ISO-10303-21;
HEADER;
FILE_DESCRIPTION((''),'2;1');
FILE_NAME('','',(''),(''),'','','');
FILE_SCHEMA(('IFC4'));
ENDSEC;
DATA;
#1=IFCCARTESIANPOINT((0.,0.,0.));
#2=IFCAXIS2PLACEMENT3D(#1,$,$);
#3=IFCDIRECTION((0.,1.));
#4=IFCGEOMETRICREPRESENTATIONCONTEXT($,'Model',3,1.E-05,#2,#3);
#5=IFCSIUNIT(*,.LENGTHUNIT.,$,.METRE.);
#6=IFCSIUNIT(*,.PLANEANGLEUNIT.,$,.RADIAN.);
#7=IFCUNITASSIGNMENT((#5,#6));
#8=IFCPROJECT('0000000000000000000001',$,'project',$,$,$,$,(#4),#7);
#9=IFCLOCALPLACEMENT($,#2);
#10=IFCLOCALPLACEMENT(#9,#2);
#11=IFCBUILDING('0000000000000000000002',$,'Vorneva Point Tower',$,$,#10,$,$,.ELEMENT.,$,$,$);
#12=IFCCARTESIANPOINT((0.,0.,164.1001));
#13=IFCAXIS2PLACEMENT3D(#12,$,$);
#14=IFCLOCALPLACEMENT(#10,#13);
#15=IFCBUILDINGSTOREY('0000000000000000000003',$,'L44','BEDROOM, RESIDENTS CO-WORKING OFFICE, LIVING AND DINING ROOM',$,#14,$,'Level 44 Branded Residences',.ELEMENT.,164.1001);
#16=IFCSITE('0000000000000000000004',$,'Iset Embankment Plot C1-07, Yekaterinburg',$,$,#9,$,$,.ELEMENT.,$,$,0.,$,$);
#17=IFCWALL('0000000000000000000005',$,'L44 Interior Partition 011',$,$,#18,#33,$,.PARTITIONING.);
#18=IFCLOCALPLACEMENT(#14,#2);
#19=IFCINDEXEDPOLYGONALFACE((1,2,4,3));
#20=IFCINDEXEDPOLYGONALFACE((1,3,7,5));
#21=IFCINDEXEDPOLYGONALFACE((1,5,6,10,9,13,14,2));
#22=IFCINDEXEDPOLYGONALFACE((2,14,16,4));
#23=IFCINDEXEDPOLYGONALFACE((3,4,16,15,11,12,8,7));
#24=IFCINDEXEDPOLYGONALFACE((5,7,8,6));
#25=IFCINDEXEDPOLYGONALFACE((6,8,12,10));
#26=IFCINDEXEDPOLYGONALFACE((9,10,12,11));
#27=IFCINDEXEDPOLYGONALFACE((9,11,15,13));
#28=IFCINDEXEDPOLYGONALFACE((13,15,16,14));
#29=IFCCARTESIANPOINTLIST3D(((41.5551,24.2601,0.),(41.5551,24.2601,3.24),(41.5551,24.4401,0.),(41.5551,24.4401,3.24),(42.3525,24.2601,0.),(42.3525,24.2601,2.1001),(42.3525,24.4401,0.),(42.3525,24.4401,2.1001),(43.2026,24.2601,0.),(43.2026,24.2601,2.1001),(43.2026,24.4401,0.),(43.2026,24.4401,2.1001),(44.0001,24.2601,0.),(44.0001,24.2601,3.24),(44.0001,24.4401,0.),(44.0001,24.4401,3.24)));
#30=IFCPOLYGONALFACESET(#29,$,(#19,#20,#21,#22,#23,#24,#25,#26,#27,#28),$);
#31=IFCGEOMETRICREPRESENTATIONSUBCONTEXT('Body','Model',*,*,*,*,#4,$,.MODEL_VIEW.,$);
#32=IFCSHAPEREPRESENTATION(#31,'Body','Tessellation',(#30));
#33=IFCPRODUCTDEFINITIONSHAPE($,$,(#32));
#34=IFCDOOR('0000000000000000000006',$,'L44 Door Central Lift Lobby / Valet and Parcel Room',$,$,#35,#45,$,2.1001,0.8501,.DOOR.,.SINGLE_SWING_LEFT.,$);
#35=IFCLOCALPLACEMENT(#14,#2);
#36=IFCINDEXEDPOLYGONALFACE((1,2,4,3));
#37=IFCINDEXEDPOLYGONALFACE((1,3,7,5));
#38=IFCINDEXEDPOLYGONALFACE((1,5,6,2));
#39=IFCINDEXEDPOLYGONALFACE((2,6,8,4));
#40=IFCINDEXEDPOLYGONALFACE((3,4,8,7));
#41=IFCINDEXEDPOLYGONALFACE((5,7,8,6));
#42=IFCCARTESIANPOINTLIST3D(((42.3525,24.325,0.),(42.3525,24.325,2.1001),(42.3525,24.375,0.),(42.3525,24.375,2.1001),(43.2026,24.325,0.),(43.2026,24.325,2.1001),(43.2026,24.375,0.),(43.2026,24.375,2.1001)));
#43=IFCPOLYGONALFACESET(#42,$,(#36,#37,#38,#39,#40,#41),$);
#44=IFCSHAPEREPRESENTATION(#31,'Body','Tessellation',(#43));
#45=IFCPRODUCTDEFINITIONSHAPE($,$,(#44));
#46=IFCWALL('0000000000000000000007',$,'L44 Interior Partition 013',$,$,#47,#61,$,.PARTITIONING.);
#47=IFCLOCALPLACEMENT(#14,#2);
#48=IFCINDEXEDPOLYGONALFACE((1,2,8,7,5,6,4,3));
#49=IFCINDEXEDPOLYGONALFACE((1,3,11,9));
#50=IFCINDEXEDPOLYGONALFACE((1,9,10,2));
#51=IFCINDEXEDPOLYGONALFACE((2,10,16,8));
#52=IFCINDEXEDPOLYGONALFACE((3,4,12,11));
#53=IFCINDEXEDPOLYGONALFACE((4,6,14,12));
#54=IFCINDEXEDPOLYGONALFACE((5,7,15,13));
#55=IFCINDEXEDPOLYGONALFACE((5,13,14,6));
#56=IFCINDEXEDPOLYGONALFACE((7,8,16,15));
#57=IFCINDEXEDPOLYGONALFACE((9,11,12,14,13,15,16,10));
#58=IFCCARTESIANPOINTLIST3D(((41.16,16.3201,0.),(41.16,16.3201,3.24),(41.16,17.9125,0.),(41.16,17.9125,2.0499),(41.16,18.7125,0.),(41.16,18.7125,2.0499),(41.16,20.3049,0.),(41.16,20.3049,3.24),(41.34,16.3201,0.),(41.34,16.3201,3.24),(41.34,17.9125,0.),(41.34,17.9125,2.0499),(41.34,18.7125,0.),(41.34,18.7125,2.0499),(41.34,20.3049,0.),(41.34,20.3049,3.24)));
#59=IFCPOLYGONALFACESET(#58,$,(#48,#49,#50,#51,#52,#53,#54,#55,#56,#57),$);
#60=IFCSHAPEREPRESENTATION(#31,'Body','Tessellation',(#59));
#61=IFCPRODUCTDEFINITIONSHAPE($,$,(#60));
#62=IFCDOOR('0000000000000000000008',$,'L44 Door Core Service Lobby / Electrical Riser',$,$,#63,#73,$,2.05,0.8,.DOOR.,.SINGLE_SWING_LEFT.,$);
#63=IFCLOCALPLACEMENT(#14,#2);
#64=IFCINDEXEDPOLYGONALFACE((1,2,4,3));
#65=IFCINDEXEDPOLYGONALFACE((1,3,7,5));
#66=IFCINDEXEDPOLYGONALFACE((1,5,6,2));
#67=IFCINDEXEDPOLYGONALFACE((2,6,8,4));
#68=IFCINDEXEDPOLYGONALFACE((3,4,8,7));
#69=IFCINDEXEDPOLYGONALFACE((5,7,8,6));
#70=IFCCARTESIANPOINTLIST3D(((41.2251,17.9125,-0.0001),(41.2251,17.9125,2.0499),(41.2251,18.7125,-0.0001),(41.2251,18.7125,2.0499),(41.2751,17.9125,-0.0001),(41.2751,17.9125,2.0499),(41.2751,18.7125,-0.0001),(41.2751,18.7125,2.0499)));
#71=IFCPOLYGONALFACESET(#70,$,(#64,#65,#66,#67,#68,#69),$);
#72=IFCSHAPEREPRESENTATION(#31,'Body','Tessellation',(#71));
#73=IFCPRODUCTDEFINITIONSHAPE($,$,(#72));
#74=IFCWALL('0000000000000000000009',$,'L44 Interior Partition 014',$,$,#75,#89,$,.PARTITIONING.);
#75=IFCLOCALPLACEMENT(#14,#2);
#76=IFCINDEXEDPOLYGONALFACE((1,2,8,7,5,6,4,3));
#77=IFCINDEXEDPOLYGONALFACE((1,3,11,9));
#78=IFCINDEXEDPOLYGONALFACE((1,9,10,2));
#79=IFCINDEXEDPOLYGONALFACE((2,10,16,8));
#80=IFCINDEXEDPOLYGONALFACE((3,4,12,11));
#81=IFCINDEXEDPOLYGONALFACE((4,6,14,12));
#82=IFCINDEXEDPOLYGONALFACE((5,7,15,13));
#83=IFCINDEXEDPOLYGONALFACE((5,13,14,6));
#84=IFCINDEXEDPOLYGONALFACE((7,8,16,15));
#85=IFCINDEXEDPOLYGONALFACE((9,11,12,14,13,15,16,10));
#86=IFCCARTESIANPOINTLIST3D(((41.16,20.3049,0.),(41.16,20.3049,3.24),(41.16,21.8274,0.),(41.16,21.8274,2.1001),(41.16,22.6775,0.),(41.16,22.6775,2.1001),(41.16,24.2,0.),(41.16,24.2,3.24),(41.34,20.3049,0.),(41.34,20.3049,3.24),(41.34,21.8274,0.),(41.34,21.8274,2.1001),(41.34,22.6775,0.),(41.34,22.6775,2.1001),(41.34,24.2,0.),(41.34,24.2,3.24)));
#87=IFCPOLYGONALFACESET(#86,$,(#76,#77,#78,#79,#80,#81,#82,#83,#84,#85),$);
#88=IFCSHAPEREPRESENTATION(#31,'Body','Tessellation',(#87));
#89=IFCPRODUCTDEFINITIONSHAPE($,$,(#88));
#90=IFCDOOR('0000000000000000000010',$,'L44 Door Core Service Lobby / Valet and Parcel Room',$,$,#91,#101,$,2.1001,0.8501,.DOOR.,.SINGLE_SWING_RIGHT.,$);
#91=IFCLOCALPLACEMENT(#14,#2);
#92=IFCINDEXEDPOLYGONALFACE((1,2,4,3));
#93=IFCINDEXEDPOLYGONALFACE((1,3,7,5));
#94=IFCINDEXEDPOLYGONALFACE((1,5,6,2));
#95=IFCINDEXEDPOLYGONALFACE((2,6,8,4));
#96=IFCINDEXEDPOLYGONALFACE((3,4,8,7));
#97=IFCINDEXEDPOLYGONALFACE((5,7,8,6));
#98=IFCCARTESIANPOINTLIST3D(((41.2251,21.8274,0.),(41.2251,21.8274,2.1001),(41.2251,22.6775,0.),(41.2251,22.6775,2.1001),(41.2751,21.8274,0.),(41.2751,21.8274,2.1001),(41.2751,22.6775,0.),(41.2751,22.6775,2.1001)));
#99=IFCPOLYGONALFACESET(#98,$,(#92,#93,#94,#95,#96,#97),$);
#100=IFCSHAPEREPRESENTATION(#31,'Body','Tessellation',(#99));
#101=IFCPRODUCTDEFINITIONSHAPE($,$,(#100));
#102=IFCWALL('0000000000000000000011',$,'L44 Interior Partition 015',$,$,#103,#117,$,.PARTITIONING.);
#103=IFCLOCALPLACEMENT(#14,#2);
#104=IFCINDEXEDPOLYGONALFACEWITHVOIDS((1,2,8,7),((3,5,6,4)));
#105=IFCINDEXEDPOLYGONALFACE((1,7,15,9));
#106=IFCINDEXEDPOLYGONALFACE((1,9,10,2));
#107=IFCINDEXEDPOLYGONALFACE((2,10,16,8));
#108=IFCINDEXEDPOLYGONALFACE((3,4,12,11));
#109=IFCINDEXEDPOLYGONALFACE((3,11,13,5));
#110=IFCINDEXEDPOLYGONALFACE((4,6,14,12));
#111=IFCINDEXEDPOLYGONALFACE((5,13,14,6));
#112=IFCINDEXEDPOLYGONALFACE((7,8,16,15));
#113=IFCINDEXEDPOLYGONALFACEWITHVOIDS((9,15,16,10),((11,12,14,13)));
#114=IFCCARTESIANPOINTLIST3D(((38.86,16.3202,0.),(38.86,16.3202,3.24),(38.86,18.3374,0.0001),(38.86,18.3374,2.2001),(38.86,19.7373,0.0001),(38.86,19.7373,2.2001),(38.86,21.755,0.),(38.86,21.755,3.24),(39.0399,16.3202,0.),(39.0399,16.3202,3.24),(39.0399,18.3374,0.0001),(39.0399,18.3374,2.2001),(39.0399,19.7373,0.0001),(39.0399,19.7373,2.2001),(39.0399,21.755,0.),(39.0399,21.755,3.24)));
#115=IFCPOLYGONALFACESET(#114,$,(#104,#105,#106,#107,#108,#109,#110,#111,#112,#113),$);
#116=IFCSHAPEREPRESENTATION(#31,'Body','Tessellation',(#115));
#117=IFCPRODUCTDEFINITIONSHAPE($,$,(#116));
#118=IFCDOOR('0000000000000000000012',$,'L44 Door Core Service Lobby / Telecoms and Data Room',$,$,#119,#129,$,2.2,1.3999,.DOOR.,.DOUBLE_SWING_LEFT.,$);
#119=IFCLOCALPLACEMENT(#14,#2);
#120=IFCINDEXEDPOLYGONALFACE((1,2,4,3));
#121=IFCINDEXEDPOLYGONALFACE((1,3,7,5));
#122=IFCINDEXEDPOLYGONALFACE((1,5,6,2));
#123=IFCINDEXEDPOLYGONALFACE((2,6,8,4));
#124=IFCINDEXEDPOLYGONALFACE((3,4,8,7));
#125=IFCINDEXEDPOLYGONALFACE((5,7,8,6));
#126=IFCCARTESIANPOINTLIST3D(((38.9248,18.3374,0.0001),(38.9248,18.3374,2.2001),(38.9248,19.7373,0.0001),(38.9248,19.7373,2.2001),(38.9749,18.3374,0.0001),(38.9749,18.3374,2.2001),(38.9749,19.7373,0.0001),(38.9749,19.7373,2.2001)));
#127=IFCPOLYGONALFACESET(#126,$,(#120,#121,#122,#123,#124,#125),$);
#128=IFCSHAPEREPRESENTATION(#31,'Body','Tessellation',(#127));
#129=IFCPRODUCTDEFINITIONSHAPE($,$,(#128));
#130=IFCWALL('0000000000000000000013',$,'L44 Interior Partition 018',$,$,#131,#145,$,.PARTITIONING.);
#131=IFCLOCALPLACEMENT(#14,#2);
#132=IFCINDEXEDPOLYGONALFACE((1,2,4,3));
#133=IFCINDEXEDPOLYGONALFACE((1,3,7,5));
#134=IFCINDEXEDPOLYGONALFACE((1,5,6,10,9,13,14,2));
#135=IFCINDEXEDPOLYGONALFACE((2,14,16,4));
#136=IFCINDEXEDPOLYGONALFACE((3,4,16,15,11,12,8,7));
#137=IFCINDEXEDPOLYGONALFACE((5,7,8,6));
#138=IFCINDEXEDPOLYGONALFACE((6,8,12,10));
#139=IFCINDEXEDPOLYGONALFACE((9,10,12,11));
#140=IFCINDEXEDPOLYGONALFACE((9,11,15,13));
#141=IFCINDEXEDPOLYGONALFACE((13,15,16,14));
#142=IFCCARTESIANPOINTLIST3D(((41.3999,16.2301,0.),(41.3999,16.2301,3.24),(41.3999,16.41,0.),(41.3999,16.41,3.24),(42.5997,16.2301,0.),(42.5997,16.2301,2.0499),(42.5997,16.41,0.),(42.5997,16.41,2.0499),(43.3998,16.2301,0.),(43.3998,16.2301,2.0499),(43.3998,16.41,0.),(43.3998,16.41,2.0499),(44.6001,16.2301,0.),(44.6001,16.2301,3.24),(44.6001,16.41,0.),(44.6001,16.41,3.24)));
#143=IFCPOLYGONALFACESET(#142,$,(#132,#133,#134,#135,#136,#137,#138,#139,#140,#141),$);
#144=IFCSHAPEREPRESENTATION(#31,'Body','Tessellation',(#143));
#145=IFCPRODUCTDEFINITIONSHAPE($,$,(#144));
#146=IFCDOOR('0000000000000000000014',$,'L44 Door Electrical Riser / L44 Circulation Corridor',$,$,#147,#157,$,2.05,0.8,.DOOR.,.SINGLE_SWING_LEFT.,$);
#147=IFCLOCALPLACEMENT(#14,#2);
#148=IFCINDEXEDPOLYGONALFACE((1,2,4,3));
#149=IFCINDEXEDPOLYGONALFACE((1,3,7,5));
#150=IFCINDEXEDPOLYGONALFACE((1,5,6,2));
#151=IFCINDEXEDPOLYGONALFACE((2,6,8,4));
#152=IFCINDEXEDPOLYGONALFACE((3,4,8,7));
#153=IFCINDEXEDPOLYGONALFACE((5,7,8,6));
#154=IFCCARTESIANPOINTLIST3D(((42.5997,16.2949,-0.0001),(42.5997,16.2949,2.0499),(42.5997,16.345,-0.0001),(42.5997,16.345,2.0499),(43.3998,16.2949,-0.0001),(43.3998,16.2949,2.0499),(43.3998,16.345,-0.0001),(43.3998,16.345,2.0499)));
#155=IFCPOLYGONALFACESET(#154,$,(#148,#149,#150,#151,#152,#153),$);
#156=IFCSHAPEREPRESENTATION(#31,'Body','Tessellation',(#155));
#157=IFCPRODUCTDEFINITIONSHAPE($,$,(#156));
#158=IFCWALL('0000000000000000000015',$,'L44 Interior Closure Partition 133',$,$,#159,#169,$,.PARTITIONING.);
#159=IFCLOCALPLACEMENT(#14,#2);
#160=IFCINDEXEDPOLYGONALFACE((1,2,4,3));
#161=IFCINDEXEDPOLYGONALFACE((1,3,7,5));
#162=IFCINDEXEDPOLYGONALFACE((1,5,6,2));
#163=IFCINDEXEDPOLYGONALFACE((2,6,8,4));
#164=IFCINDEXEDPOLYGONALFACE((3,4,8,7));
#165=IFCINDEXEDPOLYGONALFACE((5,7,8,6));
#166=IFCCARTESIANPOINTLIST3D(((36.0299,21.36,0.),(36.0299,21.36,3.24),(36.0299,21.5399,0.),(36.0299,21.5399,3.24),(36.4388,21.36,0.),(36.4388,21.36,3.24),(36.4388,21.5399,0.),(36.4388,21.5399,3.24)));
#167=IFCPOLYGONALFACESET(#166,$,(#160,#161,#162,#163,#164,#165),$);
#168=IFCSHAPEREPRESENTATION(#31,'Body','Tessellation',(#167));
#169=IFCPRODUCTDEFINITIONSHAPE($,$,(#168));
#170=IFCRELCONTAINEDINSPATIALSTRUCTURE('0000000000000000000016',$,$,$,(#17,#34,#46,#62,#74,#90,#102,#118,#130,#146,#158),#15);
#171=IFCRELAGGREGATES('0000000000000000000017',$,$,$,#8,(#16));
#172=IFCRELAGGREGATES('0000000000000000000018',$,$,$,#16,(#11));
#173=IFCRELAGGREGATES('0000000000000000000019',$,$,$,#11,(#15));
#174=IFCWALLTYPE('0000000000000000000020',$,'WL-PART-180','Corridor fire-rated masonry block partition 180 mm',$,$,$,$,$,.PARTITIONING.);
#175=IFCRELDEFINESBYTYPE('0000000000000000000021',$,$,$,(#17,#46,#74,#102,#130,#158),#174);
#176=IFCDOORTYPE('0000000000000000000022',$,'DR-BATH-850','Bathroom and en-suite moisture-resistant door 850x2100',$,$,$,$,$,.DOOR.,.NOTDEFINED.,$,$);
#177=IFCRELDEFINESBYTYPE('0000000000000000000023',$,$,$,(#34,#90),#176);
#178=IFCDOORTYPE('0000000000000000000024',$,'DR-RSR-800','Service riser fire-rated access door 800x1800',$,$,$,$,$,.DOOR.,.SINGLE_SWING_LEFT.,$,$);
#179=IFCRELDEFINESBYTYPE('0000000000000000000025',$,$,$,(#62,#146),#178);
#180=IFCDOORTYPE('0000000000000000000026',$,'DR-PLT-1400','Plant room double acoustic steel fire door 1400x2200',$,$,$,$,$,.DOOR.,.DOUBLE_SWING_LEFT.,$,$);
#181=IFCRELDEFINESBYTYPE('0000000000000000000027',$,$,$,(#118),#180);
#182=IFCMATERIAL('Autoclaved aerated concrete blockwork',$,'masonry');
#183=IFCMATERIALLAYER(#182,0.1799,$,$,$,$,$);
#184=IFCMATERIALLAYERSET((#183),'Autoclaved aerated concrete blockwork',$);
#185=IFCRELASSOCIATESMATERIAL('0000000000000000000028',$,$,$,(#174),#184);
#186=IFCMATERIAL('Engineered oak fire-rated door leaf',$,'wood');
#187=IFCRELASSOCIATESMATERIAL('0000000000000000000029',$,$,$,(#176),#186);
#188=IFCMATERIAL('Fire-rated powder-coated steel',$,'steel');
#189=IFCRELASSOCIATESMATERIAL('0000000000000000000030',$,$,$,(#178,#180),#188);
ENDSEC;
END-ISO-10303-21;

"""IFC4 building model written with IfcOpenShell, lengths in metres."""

from ifc_helpers import new_model, si_unit, direction, frame, frame_2d, origin, place, context, subcontext, project, spatial, rectangle, extrude, material, layer, layer_set, type_object, element, fill, save


model = new_model("IFC4")

# Units and contexts
model_context = context("Model", 3, precision=1e-05, world=origin(), true_north=direction((0.0, 1.0)))
body_context = subcontext(model_context, "Body", "Model", "MODEL_VIEW")
ifc_project = project(units=[si_unit("LENGTHUNIT", "METRE"), si_unit("PLANEANGLEUNIT", "RADIAN")], contexts=[model_context])

# Site, building, storey
site_placement = place(None, origin())
site = spatial("IfcSite", under=ifc_project, at=site_placement, Name="Iset Embankment Plot C1-07, Yekaterinburg", CompositionType="ELEMENT", RefElevation=0.0)
building_placement = place(site_placement, origin())
building = spatial("IfcBuilding", under=site, at=building_placement, Name="Vorneva Point Tower", CompositionType="ELEMENT")
storey_placement = place(building_placement, frame((0.0, 0.0, 164.1001)))
storey = spatial("IfcBuildingStorey", under=building, at=storey_placement, Name="L44", Description="BEDROOM, RESIDENTS CO-WORKING OFFICE, LIVING AND DINING ROOM", LongName="Level 44 Branded Residences", CompositionType="ELEMENT", Elevation=164.1001)

# Walls, openings, doors
ifc_material_1 = material(Name="Autoclaved aerated concrete blockwork", Category="masonry")
ifc_layer_1 = layer(ifc_material_1, 0.1799)
ifc_layer_set_1 = layer_set([ifc_layer_1], Name="Autoclaved aerated concrete blockwork")
wall_type_1 = type_object("IfcWallType", Name="WL-PART-180", Description="Corridor fire-rated masonry block partition 180 mm", PredefinedType="PARTITIONING", material=ifc_layer_set_1)
ifc_material_2 = material(Name="Fire-rated powder-coated steel", Category="steel")
wall_1_placement = place(storey_placement, frame((41.5549, 24.3501, 0.0), z_axis=(0.0, 0.0, 1.0), x_axis=(1.0, 0.0, 0.0)))
wall_1 = element("IfcWall", 1, at=wall_1_placement, inside=storey, type_object=wall_type_1, Name="L44 Interior Partition 011", PredefinedType="PARTITIONING", context=body_context, shape_type="SweptSolid", body=[
    extrude(rectangle(XDim=2.4451, YDim=0.1799, at=frame_2d((1.2227, 0.0))), origin(), (0.0, 0.0, 1.0), 3.24),
])
opening_1_placement = place(wall_1_placement, frame((0.7976, 0.0, 0.0)))
opening_1 = element("IfcOpeningElement", 2, at=opening_1_placement, cuts=wall_1, PredefinedType="OPENING", context=body_context, shape_type="SweptSolid", body=[
    extrude(rectangle(XDim=0.8501, YDim=2.1001, at=frame_2d((0.425, 1.05))), frame((0.0, 0.105, 0.0), z_axis=(0.0, -1.0, 0.0), x_axis=(1.0, 0.0, 0.0)), (0.0, 0.0, 1.0), 0.2097),
])
ifc_material_3 = material(Name="Engineered oak fire-rated door leaf", Category="wood")
door_type_1 = type_object("IfcDoorType", Name="DR-BATH-850", Description="Bathroom and en-suite moisture-resistant door 850x2100", OperationType="NOTDEFINED", PredefinedType="DOOR", material=ifc_material_3)
door_1_placement = place(opening_1_placement, origin())
door_1 = element("IfcDoor", 3, at=door_1_placement, inside=storey, type_object=door_type_1, Name="L44 Door Central Lift Lobby / Valet and Parcel Room", OperationType="SINGLE_SWING_LEFT", OverallHeight=2.1001, OverallWidth=0.8501, PredefinedType="DOOR", context=body_context, shape_type="SweptSolid", body=[
    extrude(rectangle(XDim=0.8501, YDim=2.1001, at=frame_2d((0.425, 1.05))), frame((0.0, 0.0249, 0.0), z_axis=(0.0, -1.0, 0.0), x_axis=(1.0, 0.0, 0.0)), (0.0, 0.0, 1.0), 0.05),
])
fill(opening_1, door_1)
wall_2_placement = place(storey_placement, frame((41.25, 16.3201, 0.0), z_axis=(0.0, 0.0, 1.0), x_axis=(0.0, 1.0, 0.0)))
wall_2 = element("IfcWall", 4, at=wall_2_placement, inside=storey, type_object=wall_type_1, Name="L44 Interior Partition 013", PredefinedType="PARTITIONING", context=body_context, shape_type="SweptSolid", body=[
    extrude(rectangle(XDim=3.9849, YDim=0.1799, at=frame_2d((1.9924, 0.0))), origin(), (0.0, 0.0, 1.0), 3.24),
])
opening_2_placement = place(wall_2_placement, frame((1.5925, 0.0, 0.0)))
opening_2 = element("IfcOpeningElement", 5, at=opening_2_placement, cuts=wall_2, PredefinedType="OPENING", context=body_context, shape_type="SweptSolid", body=[
    extrude(rectangle(XDim=0.8, YDim=2.05, at=frame_2d((0.3999, 1.0249))), frame((0.0, 0.105, 0.0), z_axis=(0.0, -1.0, 0.0), x_axis=(1.0, 0.0, 0.0)), (0.0, 0.0, 1.0), 0.2097),
])
door_type_2 = type_object("IfcDoorType", Name="DR-RSR-800", Description="Service riser fire-rated access door 800x1800", OperationType="SINGLE_SWING_LEFT", PredefinedType="DOOR", material=ifc_material_2)
door_2_placement = place(opening_2_placement, origin())
door_2 = element("IfcDoor", 6, at=door_2_placement, inside=storey, type_object=door_type_2, Name="L44 Door Core Service Lobby / Electrical Riser", OperationType="SINGLE_SWING_LEFT", OverallHeight=2.05, OverallWidth=0.8, PredefinedType="DOOR", context=body_context, shape_type="SweptSolid", body=[
    extrude(rectangle(XDim=0.8, YDim=2.05, at=frame_2d((0.3999, 1.0249))), frame((0.0, 0.0249, 0.0), z_axis=(0.0, -1.0, 0.0), x_axis=(1.0, 0.0, 0.0)), (0.0, 0.0, 1.0), 0.05),
])
fill(opening_2, door_2)
wall_3_placement = place(storey_placement, frame((41.25, 20.3049, 0.0), z_axis=(0.0, 0.0, 1.0), x_axis=(0.0, 1.0, 0.0)))
wall_3 = element("IfcWall", 7, at=wall_3_placement, inside=storey, type_object=wall_type_1, Name="L44 Interior Partition 014", PredefinedType="PARTITIONING", context=body_context, shape_type="SweptSolid", body=[
    extrude(rectangle(XDim=3.895, YDim=0.1799, at=frame_2d((1.9475, 0.0))), origin(), (0.0, 0.0, 1.0), 3.24),
])
opening_3_placement = place(wall_3_placement, frame((1.5225, 0.0, 0.0)))
opening_3 = element("IfcOpeningElement", 8, at=opening_3_placement, cuts=wall_3, PredefinedType="OPENING", context=body_context, shape_type="SweptSolid", body=[
    extrude(rectangle(XDim=0.8501, YDim=2.1001, at=frame_2d((0.425, 1.05))), frame((0.0, 0.105, 0.0), z_axis=(0.0, -1.0, 0.0), x_axis=(1.0, 0.0, 0.0)), (0.0, 0.0, 1.0), 0.2097),
])
door_3_placement = place(opening_3_placement, origin())
door_3 = element("IfcDoor", 9, at=door_3_placement, inside=storey, type_object=door_type_1, Name="L44 Door Core Service Lobby / Valet and Parcel Room", OperationType="SINGLE_SWING_RIGHT", OverallHeight=2.1001, OverallWidth=0.8501, PredefinedType="DOOR", context=body_context, shape_type="SweptSolid", body=[
    extrude(rectangle(XDim=0.8501, YDim=2.1001, at=frame_2d((0.425, 1.05))), frame((0.0, 0.0249, 0.0), z_axis=(0.0, -1.0, 0.0), x_axis=(1.0, 0.0, 0.0)), (0.0, 0.0, 1.0), 0.05),
])
fill(opening_3, door_3)
wall_4_placement = place(storey_placement, frame((38.95, 21.7549, 0.0), z_axis=(0.0, 0.0, 1.0), x_axis=(0.0, -1.0, 0.0)))
wall_4 = element("IfcWall", 10, at=wall_4_placement, inside=storey, type_object=wall_type_1, Name="L44 Interior Partition 015", PredefinedType="PARTITIONING", context=body_context, shape_type="SweptSolid", body=[
    extrude(rectangle(XDim=5.4348, YDim=0.1799, at=frame_2d((2.7173, 0.0))), origin(), (0.0, 0.0, 1.0), 3.24),
])
opening_4_placement = place(wall_4_placement, frame((2.0176, 0.0, 0.0)))
opening_4 = element("IfcOpeningElement", 11, at=opening_4_placement, cuts=wall_4, PredefinedType="OPENING", context=body_context, shape_type="SweptSolid", body=[
    extrude(rectangle(XDim=1.3999, YDim=2.2, at=frame_2d((0.7, 1.1001))), frame((0.0, 0.105, 0.0), z_axis=(0.0, -1.0, 0.0), x_axis=(1.0, 0.0, 0.0)), (0.0, 0.0, 1.0), 0.2097),
])
door_type_3 = type_object("IfcDoorType", Name="DR-PLT-1400", Description="Plant room double acoustic steel fire door 1400x2200", OperationType="DOUBLE_SWING_LEFT", PredefinedType="DOOR", material=ifc_material_2)
door_4_placement = place(opening_4_placement, origin())
door_4 = element("IfcDoor", 12, at=door_4_placement, inside=storey, type_object=door_type_3, Name="L44 Door Core Service Lobby / Telecoms and Data Room", OperationType="DOUBLE_SWING_LEFT", OverallHeight=2.2, OverallWidth=1.3999, PredefinedType="DOOR", context=body_context, shape_type="SweptSolid", body=[
    extrude(rectangle(XDim=1.3999, YDim=2.2, at=frame_2d((0.7, 1.1001))), frame((0.0, 0.0249, 0.0), z_axis=(0.0, -1.0, 0.0), x_axis=(1.0, 0.0, 0.0)), (0.0, 0.0, 1.0), 0.05),
])
fill(opening_4, door_4)
wall_5_placement = place(storey_placement, frame((41.3999, 16.3201, 0.0), z_axis=(0.0, 0.0, 1.0), x_axis=(1.0, 0.0, 0.0)))
wall_5 = element("IfcWall", 13, at=wall_5_placement, inside=storey, type_object=wall_type_1, Name="L44 Interior Partition 018", PredefinedType="PARTITIONING", context=body_context, shape_type="SweptSolid", body=[
    extrude(rectangle(XDim=3.2002, YDim=0.1799, at=frame_2d((1.6001, 0.0))), origin(), (0.0, 0.0, 1.0), 3.24),
])
opening_5_placement = place(wall_5_placement, frame((1.2, 0.0, 0.0)))
opening_5 = element("IfcOpeningElement", 14, at=opening_5_placement, cuts=wall_5, PredefinedType="OPENING", context=body_context, shape_type="SweptSolid", body=[
    extrude(rectangle(XDim=0.8, YDim=2.05, at=frame_2d((0.3999, 1.0249))), frame((0.0, 0.105, 0.0), z_axis=(0.0, -1.0, 0.0), x_axis=(1.0, 0.0, 0.0)), (0.0, 0.0, 1.0), 0.2097),
])
door_5_placement = place(opening_5_placement, origin())
door_5 = element("IfcDoor", 15, at=door_5_placement, inside=storey, type_object=door_type_2, Name="L44 Door Electrical Riser / L44 Circulation Corridor", OperationType="SINGLE_SWING_LEFT", OverallHeight=2.05, OverallWidth=0.8, PredefinedType="DOOR", context=body_context, shape_type="SweptSolid", body=[
    extrude(rectangle(XDim=0.8, YDim=2.05, at=frame_2d((0.3999, 1.0249))), frame((0.0, 0.0249, 0.0), z_axis=(0.0, -1.0, 0.0), x_axis=(1.0, 0.0, 0.0)), (0.0, 0.0, 1.0), 0.05),
])
fill(opening_5, door_5)

# Wall
wall_6_placement = place(storey_placement, frame((36.439, 21.45, 0.0), z_axis=(0.0, 0.0, 1.0), x_axis=(-1.0, 0.0, 0.0)))
element("IfcWall", 16, at=wall_6_placement, inside=storey, type_object=wall_type_1, Name="L44 Interior Closure Partition 133", PredefinedType="PARTITIONING", context=body_context, shape_type="SweptSolid", body=[
    extrude(rectangle(XDim=0.4089, YDim=0.1799, at=frame_2d((0.2046, 0.0))), origin(), (0.0, 0.0, 1.0), 3.24),
])

save(model, "model.ifc")
